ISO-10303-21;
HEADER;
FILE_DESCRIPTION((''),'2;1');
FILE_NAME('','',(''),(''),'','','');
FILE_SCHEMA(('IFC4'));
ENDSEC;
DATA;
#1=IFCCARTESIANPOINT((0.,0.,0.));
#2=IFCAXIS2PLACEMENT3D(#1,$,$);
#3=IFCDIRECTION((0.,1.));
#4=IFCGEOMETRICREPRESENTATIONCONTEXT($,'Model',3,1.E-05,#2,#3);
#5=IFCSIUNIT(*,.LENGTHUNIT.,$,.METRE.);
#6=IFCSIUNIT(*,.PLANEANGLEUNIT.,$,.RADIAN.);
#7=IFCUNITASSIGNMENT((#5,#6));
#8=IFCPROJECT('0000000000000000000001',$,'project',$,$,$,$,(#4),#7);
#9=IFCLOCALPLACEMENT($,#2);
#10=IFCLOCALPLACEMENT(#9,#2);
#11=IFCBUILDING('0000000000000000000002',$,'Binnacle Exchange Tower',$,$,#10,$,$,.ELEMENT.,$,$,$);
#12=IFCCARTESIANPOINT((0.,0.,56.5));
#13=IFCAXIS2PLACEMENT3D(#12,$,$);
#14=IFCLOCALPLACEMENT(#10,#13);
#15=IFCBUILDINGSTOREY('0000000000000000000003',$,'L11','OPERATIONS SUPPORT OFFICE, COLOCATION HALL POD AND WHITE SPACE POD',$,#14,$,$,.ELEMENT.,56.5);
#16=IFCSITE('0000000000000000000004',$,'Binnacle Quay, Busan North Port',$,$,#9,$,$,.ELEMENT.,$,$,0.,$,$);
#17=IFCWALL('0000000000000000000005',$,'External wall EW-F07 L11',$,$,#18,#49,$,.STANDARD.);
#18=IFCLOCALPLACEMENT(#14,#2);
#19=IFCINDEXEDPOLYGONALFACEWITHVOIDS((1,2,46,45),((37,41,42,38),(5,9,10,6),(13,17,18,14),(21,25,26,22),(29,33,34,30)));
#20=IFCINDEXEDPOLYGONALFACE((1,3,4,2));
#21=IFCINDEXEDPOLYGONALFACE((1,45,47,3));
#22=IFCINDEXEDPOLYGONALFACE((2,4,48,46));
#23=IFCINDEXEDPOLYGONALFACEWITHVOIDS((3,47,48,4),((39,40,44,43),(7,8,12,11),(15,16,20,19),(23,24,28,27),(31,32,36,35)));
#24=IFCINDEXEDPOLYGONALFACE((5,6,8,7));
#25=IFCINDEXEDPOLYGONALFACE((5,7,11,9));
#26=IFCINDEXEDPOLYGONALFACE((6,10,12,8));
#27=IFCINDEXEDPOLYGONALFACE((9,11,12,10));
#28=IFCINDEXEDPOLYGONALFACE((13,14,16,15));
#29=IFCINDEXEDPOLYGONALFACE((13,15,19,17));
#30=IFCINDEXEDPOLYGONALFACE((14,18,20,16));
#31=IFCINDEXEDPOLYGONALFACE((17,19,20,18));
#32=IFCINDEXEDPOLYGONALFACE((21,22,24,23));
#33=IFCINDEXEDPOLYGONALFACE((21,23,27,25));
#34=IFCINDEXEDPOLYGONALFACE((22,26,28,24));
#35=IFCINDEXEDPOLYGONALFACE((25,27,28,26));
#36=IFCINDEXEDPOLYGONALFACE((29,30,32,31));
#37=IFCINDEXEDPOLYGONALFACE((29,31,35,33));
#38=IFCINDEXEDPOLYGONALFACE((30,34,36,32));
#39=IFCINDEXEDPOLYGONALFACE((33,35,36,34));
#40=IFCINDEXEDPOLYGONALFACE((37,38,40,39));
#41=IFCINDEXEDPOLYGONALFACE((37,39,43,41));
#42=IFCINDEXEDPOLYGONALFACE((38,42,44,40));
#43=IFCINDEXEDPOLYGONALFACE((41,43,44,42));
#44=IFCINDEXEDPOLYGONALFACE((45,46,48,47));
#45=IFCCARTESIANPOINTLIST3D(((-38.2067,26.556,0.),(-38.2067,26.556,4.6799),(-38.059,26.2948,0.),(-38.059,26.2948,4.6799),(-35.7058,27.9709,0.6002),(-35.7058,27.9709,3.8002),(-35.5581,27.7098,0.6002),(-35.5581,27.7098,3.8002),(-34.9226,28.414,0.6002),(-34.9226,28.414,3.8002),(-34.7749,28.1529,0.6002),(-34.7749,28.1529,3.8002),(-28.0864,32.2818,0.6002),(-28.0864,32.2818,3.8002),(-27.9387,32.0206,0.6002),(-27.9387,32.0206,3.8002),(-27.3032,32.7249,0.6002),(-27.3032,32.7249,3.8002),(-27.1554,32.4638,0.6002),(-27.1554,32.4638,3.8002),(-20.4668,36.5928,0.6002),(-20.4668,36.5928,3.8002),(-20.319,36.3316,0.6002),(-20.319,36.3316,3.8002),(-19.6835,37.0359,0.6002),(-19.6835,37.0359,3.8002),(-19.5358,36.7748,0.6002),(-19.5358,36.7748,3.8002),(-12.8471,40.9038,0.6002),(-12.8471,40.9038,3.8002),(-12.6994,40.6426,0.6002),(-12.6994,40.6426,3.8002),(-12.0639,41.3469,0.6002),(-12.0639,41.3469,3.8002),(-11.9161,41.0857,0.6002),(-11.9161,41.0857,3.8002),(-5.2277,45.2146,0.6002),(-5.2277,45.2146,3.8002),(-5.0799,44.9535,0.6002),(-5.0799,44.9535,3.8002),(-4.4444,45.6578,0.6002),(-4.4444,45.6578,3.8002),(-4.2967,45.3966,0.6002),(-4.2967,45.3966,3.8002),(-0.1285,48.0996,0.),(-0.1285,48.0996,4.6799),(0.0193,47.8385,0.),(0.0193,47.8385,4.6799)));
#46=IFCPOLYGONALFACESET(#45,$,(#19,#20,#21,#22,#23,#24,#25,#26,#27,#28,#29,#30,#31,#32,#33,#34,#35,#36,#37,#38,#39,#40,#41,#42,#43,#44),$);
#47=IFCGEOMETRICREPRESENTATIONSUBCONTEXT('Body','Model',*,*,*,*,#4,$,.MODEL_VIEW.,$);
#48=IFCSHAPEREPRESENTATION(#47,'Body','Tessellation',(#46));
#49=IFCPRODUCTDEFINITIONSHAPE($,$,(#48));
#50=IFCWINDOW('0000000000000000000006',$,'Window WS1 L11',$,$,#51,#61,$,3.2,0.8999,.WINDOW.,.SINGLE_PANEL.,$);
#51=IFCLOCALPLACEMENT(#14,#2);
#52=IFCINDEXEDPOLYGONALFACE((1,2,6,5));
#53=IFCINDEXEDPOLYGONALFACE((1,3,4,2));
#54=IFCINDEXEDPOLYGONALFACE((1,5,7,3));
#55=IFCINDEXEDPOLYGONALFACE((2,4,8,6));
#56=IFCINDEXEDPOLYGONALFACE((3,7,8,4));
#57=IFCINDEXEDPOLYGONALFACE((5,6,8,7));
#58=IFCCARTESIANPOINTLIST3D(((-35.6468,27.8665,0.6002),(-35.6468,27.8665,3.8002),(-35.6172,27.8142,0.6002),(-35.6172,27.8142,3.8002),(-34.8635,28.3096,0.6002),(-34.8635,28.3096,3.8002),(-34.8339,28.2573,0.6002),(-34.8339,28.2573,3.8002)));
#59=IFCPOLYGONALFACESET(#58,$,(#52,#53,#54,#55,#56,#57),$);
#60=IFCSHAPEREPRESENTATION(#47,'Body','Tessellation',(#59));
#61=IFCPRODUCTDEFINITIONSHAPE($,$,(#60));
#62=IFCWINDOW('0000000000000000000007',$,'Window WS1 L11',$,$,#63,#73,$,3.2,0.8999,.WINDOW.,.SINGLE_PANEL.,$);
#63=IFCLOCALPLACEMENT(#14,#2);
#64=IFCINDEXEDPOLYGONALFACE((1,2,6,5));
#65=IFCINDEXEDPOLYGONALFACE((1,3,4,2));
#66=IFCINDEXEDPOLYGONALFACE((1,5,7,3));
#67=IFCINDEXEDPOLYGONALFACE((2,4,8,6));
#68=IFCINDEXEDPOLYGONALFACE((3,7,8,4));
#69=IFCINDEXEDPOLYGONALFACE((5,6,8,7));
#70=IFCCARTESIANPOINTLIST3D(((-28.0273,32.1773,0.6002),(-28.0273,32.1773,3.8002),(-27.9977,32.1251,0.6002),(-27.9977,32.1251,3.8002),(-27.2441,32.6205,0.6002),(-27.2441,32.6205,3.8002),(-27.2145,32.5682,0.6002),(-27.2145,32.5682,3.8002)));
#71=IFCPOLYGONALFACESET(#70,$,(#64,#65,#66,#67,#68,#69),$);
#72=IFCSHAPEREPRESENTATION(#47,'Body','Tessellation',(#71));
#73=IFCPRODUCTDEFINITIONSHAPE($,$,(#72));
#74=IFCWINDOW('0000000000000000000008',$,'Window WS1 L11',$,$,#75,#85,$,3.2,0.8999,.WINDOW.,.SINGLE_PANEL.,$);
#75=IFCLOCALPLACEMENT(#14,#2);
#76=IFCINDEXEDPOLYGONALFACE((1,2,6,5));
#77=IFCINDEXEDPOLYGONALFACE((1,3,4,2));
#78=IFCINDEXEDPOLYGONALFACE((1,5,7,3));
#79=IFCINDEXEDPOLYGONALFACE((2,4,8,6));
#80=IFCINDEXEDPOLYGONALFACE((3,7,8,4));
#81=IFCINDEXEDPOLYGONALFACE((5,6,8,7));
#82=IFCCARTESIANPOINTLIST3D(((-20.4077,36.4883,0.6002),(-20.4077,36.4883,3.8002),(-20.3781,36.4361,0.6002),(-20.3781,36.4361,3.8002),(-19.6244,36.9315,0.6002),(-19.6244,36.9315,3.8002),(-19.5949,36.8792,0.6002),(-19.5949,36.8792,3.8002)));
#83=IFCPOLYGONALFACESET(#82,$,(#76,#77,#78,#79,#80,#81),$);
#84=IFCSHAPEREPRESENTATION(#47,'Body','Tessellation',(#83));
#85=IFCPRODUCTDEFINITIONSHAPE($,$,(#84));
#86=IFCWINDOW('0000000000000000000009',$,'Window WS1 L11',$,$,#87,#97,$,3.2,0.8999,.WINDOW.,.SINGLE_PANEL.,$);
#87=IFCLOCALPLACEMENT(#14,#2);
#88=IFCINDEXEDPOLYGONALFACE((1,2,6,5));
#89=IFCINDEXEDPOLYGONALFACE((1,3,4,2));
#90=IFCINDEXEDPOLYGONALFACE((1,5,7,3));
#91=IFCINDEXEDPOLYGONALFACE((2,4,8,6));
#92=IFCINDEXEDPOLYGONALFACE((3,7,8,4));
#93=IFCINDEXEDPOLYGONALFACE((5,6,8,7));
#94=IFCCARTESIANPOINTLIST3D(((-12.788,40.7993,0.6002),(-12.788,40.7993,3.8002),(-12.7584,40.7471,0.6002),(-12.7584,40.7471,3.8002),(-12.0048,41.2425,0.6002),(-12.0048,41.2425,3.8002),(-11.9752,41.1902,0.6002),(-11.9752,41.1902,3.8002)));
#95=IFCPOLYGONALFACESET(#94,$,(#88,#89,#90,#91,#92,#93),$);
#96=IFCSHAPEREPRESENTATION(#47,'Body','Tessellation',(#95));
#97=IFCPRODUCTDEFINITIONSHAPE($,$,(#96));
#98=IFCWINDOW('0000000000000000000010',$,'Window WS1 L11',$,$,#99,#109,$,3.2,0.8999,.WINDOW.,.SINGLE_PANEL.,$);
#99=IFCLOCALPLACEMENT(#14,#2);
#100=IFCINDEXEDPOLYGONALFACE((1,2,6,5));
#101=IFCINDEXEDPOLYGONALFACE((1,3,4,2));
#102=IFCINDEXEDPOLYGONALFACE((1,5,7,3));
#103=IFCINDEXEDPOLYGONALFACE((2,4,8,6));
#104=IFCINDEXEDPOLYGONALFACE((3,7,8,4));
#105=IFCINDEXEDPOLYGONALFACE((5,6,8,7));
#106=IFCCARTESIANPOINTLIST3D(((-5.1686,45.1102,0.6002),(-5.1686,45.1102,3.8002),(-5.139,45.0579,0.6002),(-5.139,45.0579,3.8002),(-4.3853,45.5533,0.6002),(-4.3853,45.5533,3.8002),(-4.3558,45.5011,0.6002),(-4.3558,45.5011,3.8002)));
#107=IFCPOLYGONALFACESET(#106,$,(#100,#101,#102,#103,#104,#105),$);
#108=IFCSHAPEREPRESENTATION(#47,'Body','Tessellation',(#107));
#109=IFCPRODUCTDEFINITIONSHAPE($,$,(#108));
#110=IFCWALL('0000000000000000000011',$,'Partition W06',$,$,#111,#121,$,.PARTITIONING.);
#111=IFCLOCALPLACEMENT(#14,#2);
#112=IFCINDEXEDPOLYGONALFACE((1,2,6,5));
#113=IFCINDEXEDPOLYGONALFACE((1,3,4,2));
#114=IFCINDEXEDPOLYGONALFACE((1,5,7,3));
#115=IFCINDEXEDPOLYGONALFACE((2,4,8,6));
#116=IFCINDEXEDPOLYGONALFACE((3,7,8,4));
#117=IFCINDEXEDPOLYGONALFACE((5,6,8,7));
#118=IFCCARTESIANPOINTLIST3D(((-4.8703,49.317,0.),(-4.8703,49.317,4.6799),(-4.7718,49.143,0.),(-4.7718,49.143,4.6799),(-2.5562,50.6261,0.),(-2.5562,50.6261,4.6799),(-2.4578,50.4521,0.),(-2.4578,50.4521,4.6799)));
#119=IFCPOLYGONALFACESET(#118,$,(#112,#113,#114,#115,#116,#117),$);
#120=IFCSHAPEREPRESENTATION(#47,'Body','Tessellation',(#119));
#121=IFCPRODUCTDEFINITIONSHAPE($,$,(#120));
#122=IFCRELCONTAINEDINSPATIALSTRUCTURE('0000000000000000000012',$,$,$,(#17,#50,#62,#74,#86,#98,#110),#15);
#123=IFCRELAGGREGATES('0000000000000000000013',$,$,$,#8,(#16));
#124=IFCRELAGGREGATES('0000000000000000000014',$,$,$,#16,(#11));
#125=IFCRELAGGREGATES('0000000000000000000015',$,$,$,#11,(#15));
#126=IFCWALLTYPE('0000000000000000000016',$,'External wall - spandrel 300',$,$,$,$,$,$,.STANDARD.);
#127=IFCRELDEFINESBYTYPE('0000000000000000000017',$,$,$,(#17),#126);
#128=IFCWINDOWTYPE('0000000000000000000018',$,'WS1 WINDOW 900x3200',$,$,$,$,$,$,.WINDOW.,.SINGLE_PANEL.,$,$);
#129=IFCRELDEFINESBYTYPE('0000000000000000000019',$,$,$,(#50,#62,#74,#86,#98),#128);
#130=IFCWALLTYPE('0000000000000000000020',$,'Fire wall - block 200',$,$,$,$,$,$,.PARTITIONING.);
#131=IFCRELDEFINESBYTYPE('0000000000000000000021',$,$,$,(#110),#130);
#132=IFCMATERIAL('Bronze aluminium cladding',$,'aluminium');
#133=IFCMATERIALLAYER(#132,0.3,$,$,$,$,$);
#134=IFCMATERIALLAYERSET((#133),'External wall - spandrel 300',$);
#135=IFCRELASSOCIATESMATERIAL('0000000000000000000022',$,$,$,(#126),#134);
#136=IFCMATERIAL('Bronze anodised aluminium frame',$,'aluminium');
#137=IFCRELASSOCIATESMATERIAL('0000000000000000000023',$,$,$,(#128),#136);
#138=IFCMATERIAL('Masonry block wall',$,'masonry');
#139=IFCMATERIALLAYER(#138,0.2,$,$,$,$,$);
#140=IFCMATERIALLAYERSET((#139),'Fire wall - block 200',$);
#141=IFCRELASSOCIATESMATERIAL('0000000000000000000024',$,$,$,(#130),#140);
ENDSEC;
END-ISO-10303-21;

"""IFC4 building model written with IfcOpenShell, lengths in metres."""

from ifc_helpers import new_model, si_unit, direction, frame, frame_2d, origin, place, context, subcontext, project, spatial, rectangle, extrude, material, layer, layer_set, type_object, element, fill, save


model = new_model("IFC4")

# Units and contexts
model_context = context("Model", 3, precision=1e-05, world=origin(), true_north=direction((0.0, 1.0)))
body_context = subcontext(model_context, "Body", "Model", "MODEL_VIEW")
ifc_project = project(units=[si_unit("LENGTHUNIT", "METRE"), si_unit("PLANEANGLEUNIT", "RADIAN")], contexts=[model_context])

# Site, building, storey
site_placement = place(None, origin())
site = spatial("IfcSite", under=ifc_project, at=site_placement, Name="Binnacle Quay, Busan North Port", CompositionType="ELEMENT", RefElevation=0.0)
building_placement = place(site_placement, origin())
building = spatial("IfcBuilding", under=site, at=building_placement, Name="Binnacle Exchange Tower", CompositionType="ELEMENT")
storey_placement = place(building_placement, frame((0.0, 0.0, 56.5)))
storey = spatial("IfcBuildingStorey", under=building, at=storey_placement, Name="L11", Description="OPERATIONS SUPPORT OFFICE, COLOCATION HALL POD AND WHITE SPACE POD", CompositionType="ELEMENT", Elevation=56.5)

# Wall, openings, windows
ifc_material_1 = material(Name="Bronze aluminium cladding", Category="aluminium")
ifc_layer_1 = layer(ifc_material_1, 0.3)
ifc_layer_set_1 = layer_set([ifc_layer_1], Name="External wall - spandrel 300")
wall_type_1 = type_object("IfcWallType", Name="External wall - spandrel 300", PredefinedType="STANDARD", material=ifc_layer_set_1)
wall_1_placement = place(storey_placement, frame((-0.0547, 47.969, 0.0), z_axis=(0.0, 0.0, 1.0), x_axis=(-0.870356, -0.492423, 0.0)))
wall_1 = element("IfcWall", 1, at=wall_1_placement, inside=storey, type_object=wall_type_1, Name="External wall EW-F07 L11", PredefinedType="STANDARD", context=body_context, shape_type="SweptSolid", body=[
    extrude(rectangle(XDim=43.7502, YDim=0.3, at=frame_2d((21.875, 0.0))), origin(), (0.0, 0.0, 1.0), 4.6799),
])
opening_1_placement = place(wall_1_placement, frame((39.9768, 0.0, 0.6001)))
opening_1 = element("IfcOpeningElement", 2, at=opening_1_placement, cuts=wall_1, PredefinedType="OPENING", context=body_context, shape_type="SweptSolid", body=[
    extrude(rectangle(XDim=0.8999, YDim=3.2, at=frame_2d((0.45, 1.6001))), frame((0.0, 0.1599, 0.0), z_axis=(0.0, -1.0, 0.0), x_axis=(1.0, 0.0, 0.0)), (0.0, 0.0, 1.0), 0.3201),
])
opening_2_placement = place(wall_1_placement, frame((31.2224, 0.0, 0.6001)))
opening_2 = element("IfcOpeningElement", 3, at=opening_2_placement, cuts=wall_1, PredefinedType="OPENING", context=body_context, shape_type="SweptSolid", body=[
    extrude(rectangle(XDim=0.8999, YDim=3.2, at=frame_2d((0.45, 1.6001))), frame((0.0, 0.1599, 0.0), z_axis=(0.0, -1.0, 0.0), x_axis=(1.0, 0.0, 0.0)), (0.0, 0.0, 1.0), 0.3201),
])
opening_3_placement = place(wall_1_placement, frame((22.4678, 0.0, 0.6001)))
opening_3 = element("IfcOpeningElement", 4, at=opening_3_placement, cuts=wall_1, PredefinedType="OPENING", context=body_context, shape_type="SweptSolid", body=[
    extrude(rectangle(XDim=0.8999, YDim=3.2, at=frame_2d((0.45, 1.6001))), frame((0.0, 0.1599, 0.0), z_axis=(0.0, -1.0, 0.0), x_axis=(1.0, 0.0, 0.0)), (0.0, 0.0, 1.0), 0.3201),
])
opening_4_placement = place(wall_1_placement, frame((13.7131, 0.0, 0.6001)))
opening_4 = element("IfcOpeningElement", 5, at=opening_4_placement, cuts=wall_1, PredefinedType="OPENING", context=body_context, shape_type="SweptSolid", body=[
    extrude(rectangle(XDim=0.8999, YDim=3.2, at=frame_2d((0.45, 1.6001))), frame((0.0, 0.1599, 0.0), z_axis=(0.0, -1.0, 0.0), x_axis=(1.0, 0.0, 0.0)), (0.0, 0.0, 1.0), 0.3201),
])
opening_5_placement = place(wall_1_placement, frame((4.9587, 0.0, 0.6001)))
opening_5 = element("IfcOpeningElement", 6, at=opening_5_placement, cuts=wall_1, PredefinedType="OPENING", context=body_context, shape_type="SweptSolid", body=[
    extrude(rectangle(XDim=0.8999, YDim=3.2, at=frame_2d((0.45, 1.6001))), frame((0.0, 0.1599, 0.0), z_axis=(0.0, -1.0, 0.0), x_axis=(1.0, 0.0, 0.0)), (0.0, 0.0, 1.0), 0.3201),
])
ifc_material_2 = material(Name="Bronze anodised aluminium frame", Category="aluminium")
window_type = type_object("IfcWindowType", Name="WS1 WINDOW 900x3200", PartitioningType="SINGLE_PANEL", PredefinedType="WINDOW", material=ifc_material_2)
window_1_placement = place(opening_1_placement, origin())
window_1 = element("IfcWindow", 7, at=window_1_placement, inside=storey, type_object=window_type, Name="Window WS1 L11", OverallHeight=3.2, OverallWidth=0.8999, PartitioningType="SINGLE_PANEL", PredefinedType="WINDOW", context=body_context, shape_type="SweptSolid", body=[
    extrude(rectangle(XDim=0.8999, YDim=3.2, at=frame_2d((0.45, 1.6001))), frame((0.0, 0.03, 0.0), z_axis=(0.0, -1.0, 0.0), x_axis=(1.0, 0.0, 0.0)), (0.0, 0.0, 1.0), 0.0601),
])
fill(opening_1, window_1)
window_2_placement = place(opening_2_placement, origin())
window_2 = element("IfcWindow", 8, at=window_2_placement, inside=storey, type_object=window_type, Name="Window WS1 L11", OverallHeight=3.2, OverallWidth=0.8999, PartitioningType="SINGLE_PANEL", PredefinedType="WINDOW", context=body_context, shape_type="SweptSolid", body=[
    extrude(rectangle(XDim=0.8999, YDim=3.2, at=frame_2d((0.45, 1.6001))), frame((0.0, 0.03, 0.0), z_axis=(0.0, -1.0, 0.0), x_axis=(1.0, 0.0, 0.0)), (0.0, 0.0, 1.0), 0.0601),
])
fill(opening_2, window_2)
window_3_placement = place(opening_3_placement, origin())
window_3 = element("IfcWindow", 9, at=window_3_placement, inside=storey, type_object=window_type, Name="Window WS1 L11", OverallHeight=3.2, OverallWidth=0.8999, PartitioningType="SINGLE_PANEL", PredefinedType="WINDOW", context=body_context, shape_type="SweptSolid", body=[
    extrude(rectangle(XDim=0.8999, YDim=3.2, at=frame_2d((0.45, 1.6001))), frame((0.0, 0.03, 0.0), z_axis=(0.0, -1.0, 0.0), x_axis=(1.0, 0.0, 0.0)), (0.0, 0.0, 1.0), 0.0601),
])
fill(opening_3, window_3)
window_4_placement = place(opening_4_placement, origin())
window_4 = element("IfcWindow", 10, at=window_4_placement, inside=storey, type_object=window_type, Name="Window WS1 L11", OverallHeight=3.2, OverallWidth=0.8999, PartitioningType="SINGLE_PANEL", PredefinedType="WINDOW", context=body_context, shape_type="SweptSolid", body=[
    extrude(rectangle(XDim=0.8999, YDim=3.2, at=frame_2d((0.45, 1.6001))), frame((0.0, 0.03, 0.0), z_axis=(0.0, -1.0, 0.0), x_axis=(1.0, 0.0, 0.0)), (0.0, 0.0, 1.0), 0.0601),
])
fill(opening_4, window_4)
window_5_placement = place(opening_5_placement, origin())
window_5 = element("IfcWindow", 11, at=window_5_placement, inside=storey, type_object=window_type, Name="Window WS1 L11", OverallHeight=3.2, OverallWidth=0.8999, PartitioningType="SINGLE_PANEL", PredefinedType="WINDOW", context=body_context, shape_type="SweptSolid", body=[
    extrude(rectangle(XDim=0.8999, YDim=3.2, at=frame_2d((0.45, 1.6001))), frame((0.0, 0.03, 0.0), z_axis=(0.0, -1.0, 0.0), x_axis=(1.0, 0.0, 0.0)), (0.0, 0.0, 1.0), 0.0601),
])
fill(opening_5, window_5)

# Wall
ifc_material_3 = material(Name="Masonry block wall", Category="masonry")
ifc_layer_2 = layer(ifc_material_3, 0.2)
ifc_layer_set_2 = layer_set([ifc_layer_2], Name="Fire wall - block 200")
wall_type_2 = type_object("IfcWallType", Name="Fire wall - block 200", PredefinedType="PARTITIONING", material=ifc_layer_set_2)
wall_2_placement = place(storey_placement, frame((-4.821, 49.23, 0.0), z_axis=(0.0, 0.0, 1.0), x_axis=(0.870371, 0.492396, 0.0)))
element("IfcWall", 12, at=wall_2_placement, inside=storey, type_object=wall_type_2, Name="Partition W06", PredefinedType="PARTITIONING", context=body_context, shape_type="SweptSolid", body=[
    extrude(rectangle(XDim=2.6587, YDim=0.2, at=frame_2d((1.3293, 0.0))), origin(), (0.0, 0.0, 1.0), 4.6799),
])

save(model, "model.ifc")
